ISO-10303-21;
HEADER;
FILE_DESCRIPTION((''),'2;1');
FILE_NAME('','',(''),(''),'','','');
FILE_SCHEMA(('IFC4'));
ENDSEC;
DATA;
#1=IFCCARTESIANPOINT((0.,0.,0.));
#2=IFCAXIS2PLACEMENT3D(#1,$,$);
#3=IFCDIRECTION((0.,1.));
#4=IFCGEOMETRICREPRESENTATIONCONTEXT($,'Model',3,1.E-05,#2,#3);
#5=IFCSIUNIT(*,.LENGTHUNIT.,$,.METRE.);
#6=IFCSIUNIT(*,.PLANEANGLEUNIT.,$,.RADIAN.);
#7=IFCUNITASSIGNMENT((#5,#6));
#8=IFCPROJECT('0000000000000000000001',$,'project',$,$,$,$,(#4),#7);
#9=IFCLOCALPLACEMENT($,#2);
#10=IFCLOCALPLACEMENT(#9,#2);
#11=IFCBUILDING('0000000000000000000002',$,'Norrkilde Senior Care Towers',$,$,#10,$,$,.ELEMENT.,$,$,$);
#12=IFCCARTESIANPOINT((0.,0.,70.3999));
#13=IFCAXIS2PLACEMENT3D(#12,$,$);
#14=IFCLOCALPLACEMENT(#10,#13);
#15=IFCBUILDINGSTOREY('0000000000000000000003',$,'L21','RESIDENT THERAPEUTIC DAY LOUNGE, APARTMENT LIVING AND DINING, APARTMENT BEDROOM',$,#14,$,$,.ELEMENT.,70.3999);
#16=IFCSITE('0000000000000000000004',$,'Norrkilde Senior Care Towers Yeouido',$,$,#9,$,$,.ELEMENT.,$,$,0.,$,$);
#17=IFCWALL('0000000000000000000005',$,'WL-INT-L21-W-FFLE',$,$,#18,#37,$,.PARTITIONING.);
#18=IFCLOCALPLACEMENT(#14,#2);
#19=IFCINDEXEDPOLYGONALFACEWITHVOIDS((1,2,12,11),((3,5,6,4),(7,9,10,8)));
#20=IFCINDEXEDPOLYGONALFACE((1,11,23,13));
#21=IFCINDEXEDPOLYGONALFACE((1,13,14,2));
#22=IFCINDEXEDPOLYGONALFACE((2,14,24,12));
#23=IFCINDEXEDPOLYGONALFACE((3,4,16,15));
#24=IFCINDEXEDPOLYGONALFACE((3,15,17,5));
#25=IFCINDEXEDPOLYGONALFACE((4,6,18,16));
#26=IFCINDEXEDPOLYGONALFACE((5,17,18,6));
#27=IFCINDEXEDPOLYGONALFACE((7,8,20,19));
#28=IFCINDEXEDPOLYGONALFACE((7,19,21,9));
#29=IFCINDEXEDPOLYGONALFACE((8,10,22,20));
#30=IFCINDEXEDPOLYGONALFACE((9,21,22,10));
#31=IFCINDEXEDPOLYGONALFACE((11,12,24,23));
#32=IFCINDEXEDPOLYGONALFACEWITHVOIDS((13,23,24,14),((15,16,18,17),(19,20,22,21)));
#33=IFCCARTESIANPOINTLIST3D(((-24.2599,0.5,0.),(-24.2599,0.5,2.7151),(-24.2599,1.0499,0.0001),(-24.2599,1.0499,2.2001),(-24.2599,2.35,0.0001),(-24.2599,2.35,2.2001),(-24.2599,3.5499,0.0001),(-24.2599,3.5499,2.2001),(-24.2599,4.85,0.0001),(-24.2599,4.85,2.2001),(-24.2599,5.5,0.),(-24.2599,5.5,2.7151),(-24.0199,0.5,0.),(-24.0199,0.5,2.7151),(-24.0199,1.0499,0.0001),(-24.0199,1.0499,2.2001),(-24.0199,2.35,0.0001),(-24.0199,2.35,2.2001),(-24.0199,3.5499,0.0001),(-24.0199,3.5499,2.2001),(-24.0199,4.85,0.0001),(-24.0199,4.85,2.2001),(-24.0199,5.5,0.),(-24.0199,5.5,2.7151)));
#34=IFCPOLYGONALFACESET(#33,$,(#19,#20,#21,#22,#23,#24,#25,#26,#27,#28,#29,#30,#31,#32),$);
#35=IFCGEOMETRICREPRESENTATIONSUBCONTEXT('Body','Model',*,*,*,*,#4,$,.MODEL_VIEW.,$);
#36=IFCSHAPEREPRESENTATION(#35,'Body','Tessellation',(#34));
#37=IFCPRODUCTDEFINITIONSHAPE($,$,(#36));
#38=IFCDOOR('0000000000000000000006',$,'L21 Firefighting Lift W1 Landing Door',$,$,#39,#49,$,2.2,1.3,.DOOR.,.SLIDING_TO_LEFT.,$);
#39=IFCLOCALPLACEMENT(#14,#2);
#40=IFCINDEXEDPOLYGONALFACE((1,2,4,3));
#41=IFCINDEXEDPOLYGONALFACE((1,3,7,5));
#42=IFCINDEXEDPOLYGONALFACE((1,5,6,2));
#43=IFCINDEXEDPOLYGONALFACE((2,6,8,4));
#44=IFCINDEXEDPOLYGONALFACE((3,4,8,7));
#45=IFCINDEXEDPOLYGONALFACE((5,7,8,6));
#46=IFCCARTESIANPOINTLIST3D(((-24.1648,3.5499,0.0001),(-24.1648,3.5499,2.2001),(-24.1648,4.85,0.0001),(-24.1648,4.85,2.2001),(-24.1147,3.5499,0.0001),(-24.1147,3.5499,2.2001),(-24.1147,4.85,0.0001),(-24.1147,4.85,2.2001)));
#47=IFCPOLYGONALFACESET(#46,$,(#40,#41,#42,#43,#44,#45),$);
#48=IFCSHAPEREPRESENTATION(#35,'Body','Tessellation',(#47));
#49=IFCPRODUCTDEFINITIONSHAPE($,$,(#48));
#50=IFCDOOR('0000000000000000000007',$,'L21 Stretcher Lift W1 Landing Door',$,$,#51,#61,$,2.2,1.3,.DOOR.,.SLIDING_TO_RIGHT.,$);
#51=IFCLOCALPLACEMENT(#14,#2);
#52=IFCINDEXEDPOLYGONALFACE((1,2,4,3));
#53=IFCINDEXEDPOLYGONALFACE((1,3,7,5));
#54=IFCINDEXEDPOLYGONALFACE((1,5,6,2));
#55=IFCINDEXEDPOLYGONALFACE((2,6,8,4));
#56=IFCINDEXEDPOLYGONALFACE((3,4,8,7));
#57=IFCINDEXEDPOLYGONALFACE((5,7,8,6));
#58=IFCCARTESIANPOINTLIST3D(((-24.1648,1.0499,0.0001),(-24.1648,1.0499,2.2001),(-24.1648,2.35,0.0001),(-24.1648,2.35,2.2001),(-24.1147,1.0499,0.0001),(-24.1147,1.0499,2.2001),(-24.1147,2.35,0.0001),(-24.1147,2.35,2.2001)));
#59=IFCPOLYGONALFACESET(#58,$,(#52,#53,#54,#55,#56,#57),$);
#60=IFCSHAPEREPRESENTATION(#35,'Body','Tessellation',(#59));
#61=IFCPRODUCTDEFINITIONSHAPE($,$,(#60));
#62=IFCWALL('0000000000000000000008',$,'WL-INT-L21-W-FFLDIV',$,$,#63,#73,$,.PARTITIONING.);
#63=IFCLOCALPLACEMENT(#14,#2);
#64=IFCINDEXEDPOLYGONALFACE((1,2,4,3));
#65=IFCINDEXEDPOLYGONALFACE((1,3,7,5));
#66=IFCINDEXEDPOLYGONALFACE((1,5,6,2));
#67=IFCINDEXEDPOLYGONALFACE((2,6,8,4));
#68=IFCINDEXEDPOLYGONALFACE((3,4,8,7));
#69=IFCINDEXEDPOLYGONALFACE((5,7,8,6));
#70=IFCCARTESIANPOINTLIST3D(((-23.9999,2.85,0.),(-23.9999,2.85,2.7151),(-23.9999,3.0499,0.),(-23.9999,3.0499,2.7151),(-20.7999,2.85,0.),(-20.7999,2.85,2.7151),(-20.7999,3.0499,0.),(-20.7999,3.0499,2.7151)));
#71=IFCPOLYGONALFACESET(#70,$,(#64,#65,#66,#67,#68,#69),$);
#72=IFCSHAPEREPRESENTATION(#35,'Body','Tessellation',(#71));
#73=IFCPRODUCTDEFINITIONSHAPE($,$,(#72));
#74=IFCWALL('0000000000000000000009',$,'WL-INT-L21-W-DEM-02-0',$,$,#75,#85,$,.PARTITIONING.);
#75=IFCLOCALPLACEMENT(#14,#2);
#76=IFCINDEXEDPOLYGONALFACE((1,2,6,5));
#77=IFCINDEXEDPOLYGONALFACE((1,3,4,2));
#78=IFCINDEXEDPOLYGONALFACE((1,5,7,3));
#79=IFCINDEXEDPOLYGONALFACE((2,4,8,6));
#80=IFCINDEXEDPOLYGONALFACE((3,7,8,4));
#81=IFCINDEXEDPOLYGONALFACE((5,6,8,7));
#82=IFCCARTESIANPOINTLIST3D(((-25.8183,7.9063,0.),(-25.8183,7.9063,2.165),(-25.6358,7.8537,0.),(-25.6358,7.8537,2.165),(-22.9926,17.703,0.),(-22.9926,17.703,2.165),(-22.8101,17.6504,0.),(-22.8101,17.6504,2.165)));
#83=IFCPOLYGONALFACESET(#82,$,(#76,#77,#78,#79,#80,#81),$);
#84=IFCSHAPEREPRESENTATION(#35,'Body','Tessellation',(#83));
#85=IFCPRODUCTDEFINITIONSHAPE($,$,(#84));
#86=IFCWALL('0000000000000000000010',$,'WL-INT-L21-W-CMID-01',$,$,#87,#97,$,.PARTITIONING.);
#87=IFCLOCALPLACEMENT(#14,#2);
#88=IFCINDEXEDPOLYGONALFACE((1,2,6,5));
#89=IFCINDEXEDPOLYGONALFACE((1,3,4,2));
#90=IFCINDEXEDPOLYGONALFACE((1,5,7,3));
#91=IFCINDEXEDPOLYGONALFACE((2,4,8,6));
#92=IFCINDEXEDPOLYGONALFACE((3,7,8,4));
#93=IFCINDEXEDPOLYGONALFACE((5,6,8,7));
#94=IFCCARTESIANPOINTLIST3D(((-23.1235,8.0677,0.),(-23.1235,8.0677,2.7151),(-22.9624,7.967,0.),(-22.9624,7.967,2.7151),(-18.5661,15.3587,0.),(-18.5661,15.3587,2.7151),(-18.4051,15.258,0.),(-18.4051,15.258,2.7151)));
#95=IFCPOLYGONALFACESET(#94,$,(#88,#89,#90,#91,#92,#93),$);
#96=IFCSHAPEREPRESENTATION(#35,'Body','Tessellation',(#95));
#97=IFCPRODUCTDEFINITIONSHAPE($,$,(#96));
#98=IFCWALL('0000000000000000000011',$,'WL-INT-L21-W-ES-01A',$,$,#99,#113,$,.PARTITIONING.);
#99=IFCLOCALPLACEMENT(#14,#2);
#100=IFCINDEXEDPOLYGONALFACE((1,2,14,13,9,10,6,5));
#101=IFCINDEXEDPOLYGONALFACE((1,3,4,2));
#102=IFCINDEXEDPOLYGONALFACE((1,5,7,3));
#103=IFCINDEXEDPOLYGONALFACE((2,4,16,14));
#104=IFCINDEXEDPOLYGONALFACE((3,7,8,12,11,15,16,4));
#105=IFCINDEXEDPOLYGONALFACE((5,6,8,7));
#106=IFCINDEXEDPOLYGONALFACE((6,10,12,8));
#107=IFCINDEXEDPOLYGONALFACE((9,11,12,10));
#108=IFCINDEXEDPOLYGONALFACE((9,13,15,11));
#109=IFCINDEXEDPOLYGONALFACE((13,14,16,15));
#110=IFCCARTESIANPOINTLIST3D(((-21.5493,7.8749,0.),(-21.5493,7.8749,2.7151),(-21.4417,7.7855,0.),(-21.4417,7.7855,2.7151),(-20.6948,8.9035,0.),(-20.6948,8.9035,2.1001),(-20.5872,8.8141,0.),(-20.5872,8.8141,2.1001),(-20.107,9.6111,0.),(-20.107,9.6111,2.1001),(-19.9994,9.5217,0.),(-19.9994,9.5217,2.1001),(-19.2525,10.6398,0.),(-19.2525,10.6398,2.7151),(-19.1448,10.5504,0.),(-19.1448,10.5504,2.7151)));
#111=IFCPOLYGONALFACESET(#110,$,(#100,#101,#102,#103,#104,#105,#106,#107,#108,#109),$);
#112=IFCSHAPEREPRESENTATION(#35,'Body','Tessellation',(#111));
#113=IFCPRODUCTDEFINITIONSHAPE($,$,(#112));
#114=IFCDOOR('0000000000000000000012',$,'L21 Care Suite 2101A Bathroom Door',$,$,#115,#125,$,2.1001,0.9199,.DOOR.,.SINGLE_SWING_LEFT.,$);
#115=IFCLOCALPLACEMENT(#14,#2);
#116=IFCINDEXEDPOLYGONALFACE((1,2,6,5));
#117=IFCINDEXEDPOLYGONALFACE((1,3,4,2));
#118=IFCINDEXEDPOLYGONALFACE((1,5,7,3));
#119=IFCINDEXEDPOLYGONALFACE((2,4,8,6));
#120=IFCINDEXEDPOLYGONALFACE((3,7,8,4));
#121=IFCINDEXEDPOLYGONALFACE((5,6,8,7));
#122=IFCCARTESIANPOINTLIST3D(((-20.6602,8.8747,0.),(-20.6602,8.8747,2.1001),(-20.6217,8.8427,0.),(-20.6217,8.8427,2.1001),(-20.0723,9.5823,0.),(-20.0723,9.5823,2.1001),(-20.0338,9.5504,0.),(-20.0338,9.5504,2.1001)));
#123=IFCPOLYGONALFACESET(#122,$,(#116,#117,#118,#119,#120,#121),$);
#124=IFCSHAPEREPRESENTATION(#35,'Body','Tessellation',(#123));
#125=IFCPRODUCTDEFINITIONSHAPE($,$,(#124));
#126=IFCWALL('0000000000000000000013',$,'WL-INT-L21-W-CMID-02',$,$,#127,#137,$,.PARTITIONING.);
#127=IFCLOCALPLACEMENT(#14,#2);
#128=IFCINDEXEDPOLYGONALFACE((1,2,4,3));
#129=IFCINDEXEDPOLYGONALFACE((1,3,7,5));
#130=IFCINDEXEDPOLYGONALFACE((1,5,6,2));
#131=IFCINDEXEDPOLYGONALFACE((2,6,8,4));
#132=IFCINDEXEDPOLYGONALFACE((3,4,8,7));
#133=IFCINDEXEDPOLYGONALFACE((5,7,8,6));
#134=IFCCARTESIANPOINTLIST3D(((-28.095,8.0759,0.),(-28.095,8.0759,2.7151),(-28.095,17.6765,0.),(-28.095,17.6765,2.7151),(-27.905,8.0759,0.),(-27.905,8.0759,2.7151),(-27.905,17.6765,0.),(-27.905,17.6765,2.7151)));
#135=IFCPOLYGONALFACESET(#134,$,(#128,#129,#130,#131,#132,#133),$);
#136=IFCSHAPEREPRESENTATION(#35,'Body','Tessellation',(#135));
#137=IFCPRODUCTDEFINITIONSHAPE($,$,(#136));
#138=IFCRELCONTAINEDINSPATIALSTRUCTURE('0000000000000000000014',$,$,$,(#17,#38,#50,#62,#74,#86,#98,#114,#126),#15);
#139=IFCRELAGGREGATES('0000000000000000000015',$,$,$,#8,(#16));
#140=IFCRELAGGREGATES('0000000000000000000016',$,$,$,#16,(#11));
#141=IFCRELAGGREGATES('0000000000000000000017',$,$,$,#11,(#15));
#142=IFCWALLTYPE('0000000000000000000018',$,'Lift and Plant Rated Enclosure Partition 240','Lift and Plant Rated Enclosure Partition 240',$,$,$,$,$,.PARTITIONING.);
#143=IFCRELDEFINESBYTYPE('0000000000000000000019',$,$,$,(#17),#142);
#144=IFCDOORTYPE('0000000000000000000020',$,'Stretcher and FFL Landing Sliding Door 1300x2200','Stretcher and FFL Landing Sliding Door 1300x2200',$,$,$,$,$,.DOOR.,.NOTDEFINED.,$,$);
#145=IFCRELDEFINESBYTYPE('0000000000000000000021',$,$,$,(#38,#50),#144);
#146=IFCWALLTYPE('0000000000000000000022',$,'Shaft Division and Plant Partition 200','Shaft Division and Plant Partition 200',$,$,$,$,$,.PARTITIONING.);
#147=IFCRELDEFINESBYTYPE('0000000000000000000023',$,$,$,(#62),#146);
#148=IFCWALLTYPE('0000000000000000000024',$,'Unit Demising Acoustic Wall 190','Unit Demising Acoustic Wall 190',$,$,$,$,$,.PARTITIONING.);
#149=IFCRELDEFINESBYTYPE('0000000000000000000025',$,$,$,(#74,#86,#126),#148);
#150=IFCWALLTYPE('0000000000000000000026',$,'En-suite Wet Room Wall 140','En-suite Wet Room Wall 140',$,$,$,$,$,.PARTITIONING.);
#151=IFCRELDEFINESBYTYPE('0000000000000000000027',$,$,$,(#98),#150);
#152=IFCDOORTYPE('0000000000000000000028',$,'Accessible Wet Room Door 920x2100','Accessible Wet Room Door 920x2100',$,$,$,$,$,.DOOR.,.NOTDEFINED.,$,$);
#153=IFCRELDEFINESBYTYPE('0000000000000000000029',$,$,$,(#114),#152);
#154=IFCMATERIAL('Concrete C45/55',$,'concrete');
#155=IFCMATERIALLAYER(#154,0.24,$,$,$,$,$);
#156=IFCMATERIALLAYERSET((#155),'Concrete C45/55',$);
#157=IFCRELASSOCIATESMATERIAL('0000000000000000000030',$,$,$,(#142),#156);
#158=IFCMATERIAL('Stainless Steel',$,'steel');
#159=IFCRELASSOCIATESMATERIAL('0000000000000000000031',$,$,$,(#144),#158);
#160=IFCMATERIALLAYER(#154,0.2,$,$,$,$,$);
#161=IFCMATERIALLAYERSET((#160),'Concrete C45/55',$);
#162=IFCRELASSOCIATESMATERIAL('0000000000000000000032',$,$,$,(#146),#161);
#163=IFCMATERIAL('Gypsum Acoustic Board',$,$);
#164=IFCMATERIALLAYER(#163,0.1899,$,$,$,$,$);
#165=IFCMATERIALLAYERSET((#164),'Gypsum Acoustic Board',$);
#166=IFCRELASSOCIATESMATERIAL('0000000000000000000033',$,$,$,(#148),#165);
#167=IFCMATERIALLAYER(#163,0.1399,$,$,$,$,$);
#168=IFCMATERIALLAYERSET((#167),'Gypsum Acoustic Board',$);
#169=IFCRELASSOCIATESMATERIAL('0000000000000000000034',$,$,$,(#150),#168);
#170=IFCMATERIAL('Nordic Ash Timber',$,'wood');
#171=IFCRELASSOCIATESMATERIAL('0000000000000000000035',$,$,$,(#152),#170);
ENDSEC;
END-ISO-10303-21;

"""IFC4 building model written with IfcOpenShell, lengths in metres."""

from ifc_helpers import new_model, si_unit, direction, frame, frame_2d, origin, place, context, subcontext, project, spatial, rectangle, extrude, source, transform, mapped, material, layer, layer_set, type_object, type_shapes, element, fill, save


model = new_model("IFC4")

# Units and contexts
model_context = context("Model", 3, precision=1e-05, world=origin(), true_north=direction((0.0, 1.0)))
body_context = subcontext(model_context, "Body", "Model", "MODEL_VIEW")
ifc_project = project(units=[si_unit("LENGTHUNIT", "METRE"), si_unit("PLANEANGLEUNIT", "RADIAN")], contexts=[model_context])

# Site, building, storey
site_placement = place(None, origin())
site = spatial("IfcSite", under=ifc_project, at=site_placement, Name="Norrkilde Senior Care Towers Yeouido", CompositionType="ELEMENT", RefElevation=0.0)
building_placement = place(site_placement, origin())
building = spatial("IfcBuilding", under=site, at=building_placement, Name="Norrkilde Senior Care Towers", CompositionType="ELEMENT")
storey_placement = place(building_placement, frame((0.0, 0.0, 70.3999)))
storey = spatial("IfcBuildingStorey", under=building, at=storey_placement, Name="L21", Description="RESIDENT THERAPEUTIC DAY LOUNGE, APARTMENT LIVING AND DINING, APARTMENT BEDROOM", CompositionType="ELEMENT", Elevation=70.3999)

# Shared definitions
ifc_material_1 = material(Name="Concrete C45/55", Category="concrete")

# Wall, openings, doors
ifc_layer_1 = layer(ifc_material_1, 0.24)
ifc_layer_set_1 = layer_set([ifc_layer_1], Name="Concrete C45/55")
wall_type_1 = type_object("IfcWallType", Name="Lift and Plant Rated Enclosure Partition 240", Description="Lift and Plant Rated Enclosure Partition 240", PredefinedType="PARTITIONING", material=ifc_layer_set_1)
shared_shape_1 = source(origin(), body_context, "Body", "SweptSolid", [
    extrude(rectangle(XDim=5.0, YDim=0.24, at=frame_2d((2.5, 0.0))), origin(), (0.0, 0.0, 1.0), 2.7151),
])
type_shapes(wall_type_1, [shared_shape_1])
wall_1_placement = place(storey_placement, frame((-24.1399, 0.5, 0.0), z_axis=(0.0, 0.0, 1.0), x_axis=(0.0, 1.0, 0.0)))
wall_1 = element("IfcWall", 1, at=wall_1_placement, inside=storey, type_object=wall_type_1, Name="WL-INT-L21-W-FFLE", PredefinedType="PARTITIONING", context=body_context, shape_type="MappedRepresentation", body=[
    mapped(shared_shape_1, transform((0.0, 0.0, 0.0), x_axis=(1.0, 0.0, 0.0), y_axis=(0.0, 1.0, 0.0), z_axis=(0.0, 0.0, 1.0), scale=1.0)),
])
opening_1_placement = place(wall_1_placement, frame((3.05, 0.0, 0.0)))
opening_1 = element("IfcOpeningElement", 2, at=opening_1_placement, cuts=wall_1, PredefinedType="OPENING", context=body_context, shape_type="SweptSolid", body=[
    extrude(rectangle(XDim=1.3, YDim=2.2, at=frame_2d((0.6499, 1.1001))), frame((0.0, 0.1299, 0.0), z_axis=(0.0, -1.0, 0.0), x_axis=(1.0, 0.0, 0.0)), (0.0, 0.0, 1.0), 0.26),
])
opening_2_placement = place(wall_1_placement, frame((0.55, 0.0, 0.0)))
opening_2 = element("IfcOpeningElement", 3, at=opening_2_placement, cuts=wall_1, PredefinedType="OPENING", context=body_context, shape_type="SweptSolid", body=[
    extrude(rectangle(XDim=1.3, YDim=2.2, at=frame_2d((0.6499, 1.1001))), frame((0.0, 0.1299, 0.0), z_axis=(0.0, -1.0, 0.0), x_axis=(1.0, 0.0, 0.0)), (0.0, 0.0, 1.0), 0.26),
])
ifc_material_2 = material(Name="Stainless Steel", Category="steel")
door_type_1 = type_object("IfcDoorType", Name="Stretcher and FFL Landing Sliding Door 1300x2200", Description="Stretcher and FFL Landing Sliding Door 1300x2200", OperationType="NOTDEFINED", PredefinedType="DOOR", material=ifc_material_2)
shared_shape_2 = source(origin(), body_context, "Body", "SweptSolid", [
    extrude(rectangle(XDim=1.3, YDim=2.2, at=frame_2d((0.6499, 1.1001))), frame((0.0, 0.0249, 0.0), z_axis=(0.0, -1.0, 0.0), x_axis=(1.0, 0.0, 0.0)), (0.0, 0.0, 1.0), 0.05),
])
type_shapes(door_type_1, [shared_shape_2])
door_1_placement = place(opening_1_placement, origin())
door_1 = element("IfcDoor", 4, at=door_1_placement, inside=storey, type_object=door_type_1, Name="L21 Firefighting Lift W1 Landing Door", OperationType="SLIDING_TO_LEFT", OverallHeight=2.2, OverallWidth=1.3, PredefinedType="DOOR", context=body_context, shape_type="MappedRepresentation", body=[
    mapped(shared_shape_2, transform((0.0, 0.0, 0.0), x_axis=(1.0, 0.0, 0.0), y_axis=(0.0, 1.0, 0.0), z_axis=(0.0, 0.0, 1.0), scale=1.0)),
])
fill(opening_1, door_1)
door_2_placement = place(opening_2_placement, origin())
door_2 = element("IfcDoor", 5, at=door_2_placement, inside=storey, type_object=door_type_1, Name="L21 Stretcher Lift W1 Landing Door", OperationType="SLIDING_TO_RIGHT", OverallHeight=2.2, OverallWidth=1.3, PredefinedType="DOOR", context=body_context, shape_type="MappedRepresentation", body=[
    mapped(shared_shape_2, transform((0.0, 0.0, 0.0), x_axis=(1.0, 0.0, 0.0), y_axis=(0.0, 1.0, 0.0), z_axis=(0.0, 0.0, 1.0), scale=1.0)),
])
fill(opening_2, door_2)

# Wall
ifc_layer_2 = layer(ifc_material_1, 0.2)
ifc_layer_set_2 = layer_set([ifc_layer_2], Name="Concrete C45/55")
wall_type_2 = type_object("IfcWallType", Name="Shaft Division and Plant Partition 200", Description="Shaft Division and Plant Partition 200", PredefinedType="PARTITIONING", material=ifc_layer_set_2)
shared_shape_3 = source(origin(), body_context, "Body", "SweptSolid", [
    extrude(rectangle(XDim=3.2, YDim=0.2, at=frame_2d((1.6001, 0.0))), origin(), (0.0, 0.0, 1.0), 2.7151),
])
type_shapes(wall_type_2, [shared_shape_3])
wall_2_placement = place(storey_placement, frame((-24.0, 2.95, 0.0), z_axis=(0.0, 0.0, 1.0), x_axis=(1.0, 0.0, 0.0)))
element("IfcWall", 6, at=wall_2_placement, inside=storey, type_object=wall_type_2, Name="WL-INT-L21-W-FFLDIV", PredefinedType="PARTITIONING", context=body_context, shape_type="MappedRepresentation", body=[
    mapped(shared_shape_3, transform((0.0, 0.0, 0.0), x_axis=(1.0, 0.0, 0.0), y_axis=(0.0, 1.0, 0.0), z_axis=(0.0, 0.0, 1.0), scale=1.0)),
])

# Walls
ifc_material_3 = material(Name="Gypsum Acoustic Board")
ifc_layer_3 = layer(ifc_material_3, 0.1899)
ifc_layer_set_3 = layer_set([ifc_layer_3], Name="Gypsum Acoustic Board")
wall_type_3 = type_object("IfcWallType", Name="Unit Demising Acoustic Wall 190", Description="Unit Demising Acoustic Wall 190", PredefinedType="PARTITIONING", material=ifc_layer_set_3)
shared_shape_4 = source(origin(), body_context, "Body", "SweptSolid", [
    extrude(rectangle(XDim=10.196, YDim=0.1899, at=frame_2d((5.0981, 0.0))), origin(), (0.0, 0.0, 1.0), 2.165),
])
wall_3_placement = place(storey_placement, frame((-25.7271, 7.8799, 0.0), z_axis=(0.0, 0.0, 1.0), x_axis=(0.277136, 0.960831, 0.0)))
element("IfcWall", 7, at=wall_3_placement, inside=storey, type_object=wall_type_3, Name="WL-INT-L21-W-DEM-02-0", PredefinedType="PARTITIONING", context=body_context, shape_type="MappedRepresentation", body=[
    mapped(shared_shape_4, transform((0.0, 0.0, 0.0), x_axis=(1.0, 0.0, 0.0), y_axis=(0.0, 1.0, 0.0), z_axis=(0.0, 0.0, 1.0), scale=1.0)),
])
shared_shape_5 = source(origin(), body_context, "Body", "SweptSolid", [
    extrude(rectangle(XDim=8.5981, YDim=0.1899, at=frame_2d((4.2991, 0.0))), origin(), (0.0, 0.0, 1.0), 2.7151),
])
wall_4_placement = place(storey_placement, frame((-23.043, 8.0173, 0.0), z_axis=(0.0, 0.0, 1.0), x_axis=(0.53004, 0.847973, 0.0)))
element("IfcWall", 8, at=wall_4_placement, inside=storey, type_object=wall_type_3, Name="WL-INT-L21-W-CMID-01", PredefinedType="PARTITIONING", context=body_context, shape_type="MappedRepresentation", body=[
    mapped(shared_shape_5, transform((0.0, 0.0, 0.0), x_axis=(1.0, 0.0, 0.0), y_axis=(0.0, 1.0, 0.0), z_axis=(0.0, 0.0, 1.0), scale=1.0)),
])

# Wall, opening, door
ifc_layer_4 = layer(ifc_material_3, 0.1399)
ifc_layer_set_4 = layer_set([ifc_layer_4], Name="Gypsum Acoustic Board")
wall_type_4 = type_object("IfcWallType", Name="En-suite Wet Room Wall 140", Description="En-suite Wet Room Wall 140", PredefinedType="PARTITIONING", material=ifc_layer_set_4)
shared_shape_6 = source(origin(), body_context, "Body", "SweptSolid", [
    extrude(rectangle(XDim=3.5945, YDim=0.1399, at=frame_2d((1.7974, 0.0))), origin(), (0.0, 0.0, 1.0), 2.7151),
])
wall_5_placement = place(storey_placement, frame((-21.4956, 7.8301, 0.0), z_axis=(0.0, 0.0, 1.0), x_axis=(0.639001, 0.769206, 0.0)))
wall_5 = element("IfcWall", 9, at=wall_5_placement, inside=storey, type_object=wall_type_4, Name="WL-INT-L21-W-ES-01A", PredefinedType="PARTITIONING", context=body_context, shape_type="MappedRepresentation", body=[
    mapped(shared_shape_6, transform((0.0, 0.0, 0.0), x_axis=(1.0, 0.0, 0.0), y_axis=(0.0, 1.0, 0.0), z_axis=(0.0, 0.0, 1.0), scale=1.0)),
])
opening_3_placement = place(wall_5_placement, frame((1.3374, 0.0, 0.0)))
opening_3 = element("IfcOpeningElement", 10, at=opening_3_placement, cuts=wall_5, PredefinedType="OPENING", context=body_context, shape_type="SweptSolid", body=[
    extrude(rectangle(XDim=0.9199, YDim=2.1001, at=frame_2d((0.46, 1.05))), frame((0.0, 0.0798, 0.0), z_axis=(0.0, -1.0, 0.0), x_axis=(1.0, 0.0, 0.0)), (0.0, 0.0, 1.0), 0.1599),
])
ifc_material_4 = material(Name="Nordic Ash Timber", Category="wood")
door_type_2 = type_object("IfcDoorType", Name="Accessible Wet Room Door 920x2100", Description="Accessible Wet Room Door 920x2100", OperationType="NOTDEFINED", PredefinedType="DOOR", material=ifc_material_4)
shared_shape_7 = source(origin(), body_context, "Body", "SweptSolid", [
    extrude(rectangle(XDim=0.9199, YDim=2.1001, at=frame_2d((0.46, 1.05))), frame((0.0, 0.0249, 0.0), z_axis=(0.0, -1.0, 0.0), x_axis=(1.0, 0.0, 0.0)), (0.0, 0.0, 1.0), 0.05),
])
type_shapes(door_type_2, [shared_shape_7])
door_3_placement = place(opening_3_placement, origin())
door_3 = element("IfcDoor", 11, at=door_3_placement, inside=storey, type_object=door_type_2, Name="L21 Care Suite 2101A Bathroom Door", OperationType="SINGLE_SWING_LEFT", OverallHeight=2.1001, OverallWidth=0.9199, PredefinedType="DOOR", context=body_context, shape_type="MappedRepresentation", body=[
    mapped(shared_shape_7, transform((0.0, 0.0, 0.0), x_axis=(1.0, 0.0, 0.0), y_axis=(0.0, 1.0, 0.0), z_axis=(0.0, 0.0, 1.0), scale=1.0)),
])
fill(opening_3, door_3)

# Wall
shared_shape_8 = source(origin(), body_context, "Body", "SweptSolid", [
    extrude(rectangle(XDim=9.6006, YDim=0.1899, at=frame_2d((4.8003, 0.0))), origin(), (0.0, 0.0, 1.0), 2.7151),
])
type_shapes(wall_type_3, [shared_shape_4, shared_shape_5, shared_shape_8])
wall_6_placement = place(storey_placement, frame((-28.0, 8.0759, 0.0), z_axis=(0.0, 0.0, 1.0), x_axis=(0.0, 1.0, 0.0)))
element("IfcWall", 12, at=wall_6_placement, inside=storey, type_object=wall_type_3, Name="WL-INT-L21-W-CMID-02", PredefinedType="PARTITIONING", context=body_context, shape_type="MappedRepresentation", body=[
    mapped(shared_shape_8, transform((0.0, 0.0, 0.0), x_axis=(1.0, 0.0, 0.0), y_axis=(0.0, 1.0, 0.0), z_axis=(0.0, 0.0, 1.0), scale=1.0)),
])

save(model, "model.ifc")
